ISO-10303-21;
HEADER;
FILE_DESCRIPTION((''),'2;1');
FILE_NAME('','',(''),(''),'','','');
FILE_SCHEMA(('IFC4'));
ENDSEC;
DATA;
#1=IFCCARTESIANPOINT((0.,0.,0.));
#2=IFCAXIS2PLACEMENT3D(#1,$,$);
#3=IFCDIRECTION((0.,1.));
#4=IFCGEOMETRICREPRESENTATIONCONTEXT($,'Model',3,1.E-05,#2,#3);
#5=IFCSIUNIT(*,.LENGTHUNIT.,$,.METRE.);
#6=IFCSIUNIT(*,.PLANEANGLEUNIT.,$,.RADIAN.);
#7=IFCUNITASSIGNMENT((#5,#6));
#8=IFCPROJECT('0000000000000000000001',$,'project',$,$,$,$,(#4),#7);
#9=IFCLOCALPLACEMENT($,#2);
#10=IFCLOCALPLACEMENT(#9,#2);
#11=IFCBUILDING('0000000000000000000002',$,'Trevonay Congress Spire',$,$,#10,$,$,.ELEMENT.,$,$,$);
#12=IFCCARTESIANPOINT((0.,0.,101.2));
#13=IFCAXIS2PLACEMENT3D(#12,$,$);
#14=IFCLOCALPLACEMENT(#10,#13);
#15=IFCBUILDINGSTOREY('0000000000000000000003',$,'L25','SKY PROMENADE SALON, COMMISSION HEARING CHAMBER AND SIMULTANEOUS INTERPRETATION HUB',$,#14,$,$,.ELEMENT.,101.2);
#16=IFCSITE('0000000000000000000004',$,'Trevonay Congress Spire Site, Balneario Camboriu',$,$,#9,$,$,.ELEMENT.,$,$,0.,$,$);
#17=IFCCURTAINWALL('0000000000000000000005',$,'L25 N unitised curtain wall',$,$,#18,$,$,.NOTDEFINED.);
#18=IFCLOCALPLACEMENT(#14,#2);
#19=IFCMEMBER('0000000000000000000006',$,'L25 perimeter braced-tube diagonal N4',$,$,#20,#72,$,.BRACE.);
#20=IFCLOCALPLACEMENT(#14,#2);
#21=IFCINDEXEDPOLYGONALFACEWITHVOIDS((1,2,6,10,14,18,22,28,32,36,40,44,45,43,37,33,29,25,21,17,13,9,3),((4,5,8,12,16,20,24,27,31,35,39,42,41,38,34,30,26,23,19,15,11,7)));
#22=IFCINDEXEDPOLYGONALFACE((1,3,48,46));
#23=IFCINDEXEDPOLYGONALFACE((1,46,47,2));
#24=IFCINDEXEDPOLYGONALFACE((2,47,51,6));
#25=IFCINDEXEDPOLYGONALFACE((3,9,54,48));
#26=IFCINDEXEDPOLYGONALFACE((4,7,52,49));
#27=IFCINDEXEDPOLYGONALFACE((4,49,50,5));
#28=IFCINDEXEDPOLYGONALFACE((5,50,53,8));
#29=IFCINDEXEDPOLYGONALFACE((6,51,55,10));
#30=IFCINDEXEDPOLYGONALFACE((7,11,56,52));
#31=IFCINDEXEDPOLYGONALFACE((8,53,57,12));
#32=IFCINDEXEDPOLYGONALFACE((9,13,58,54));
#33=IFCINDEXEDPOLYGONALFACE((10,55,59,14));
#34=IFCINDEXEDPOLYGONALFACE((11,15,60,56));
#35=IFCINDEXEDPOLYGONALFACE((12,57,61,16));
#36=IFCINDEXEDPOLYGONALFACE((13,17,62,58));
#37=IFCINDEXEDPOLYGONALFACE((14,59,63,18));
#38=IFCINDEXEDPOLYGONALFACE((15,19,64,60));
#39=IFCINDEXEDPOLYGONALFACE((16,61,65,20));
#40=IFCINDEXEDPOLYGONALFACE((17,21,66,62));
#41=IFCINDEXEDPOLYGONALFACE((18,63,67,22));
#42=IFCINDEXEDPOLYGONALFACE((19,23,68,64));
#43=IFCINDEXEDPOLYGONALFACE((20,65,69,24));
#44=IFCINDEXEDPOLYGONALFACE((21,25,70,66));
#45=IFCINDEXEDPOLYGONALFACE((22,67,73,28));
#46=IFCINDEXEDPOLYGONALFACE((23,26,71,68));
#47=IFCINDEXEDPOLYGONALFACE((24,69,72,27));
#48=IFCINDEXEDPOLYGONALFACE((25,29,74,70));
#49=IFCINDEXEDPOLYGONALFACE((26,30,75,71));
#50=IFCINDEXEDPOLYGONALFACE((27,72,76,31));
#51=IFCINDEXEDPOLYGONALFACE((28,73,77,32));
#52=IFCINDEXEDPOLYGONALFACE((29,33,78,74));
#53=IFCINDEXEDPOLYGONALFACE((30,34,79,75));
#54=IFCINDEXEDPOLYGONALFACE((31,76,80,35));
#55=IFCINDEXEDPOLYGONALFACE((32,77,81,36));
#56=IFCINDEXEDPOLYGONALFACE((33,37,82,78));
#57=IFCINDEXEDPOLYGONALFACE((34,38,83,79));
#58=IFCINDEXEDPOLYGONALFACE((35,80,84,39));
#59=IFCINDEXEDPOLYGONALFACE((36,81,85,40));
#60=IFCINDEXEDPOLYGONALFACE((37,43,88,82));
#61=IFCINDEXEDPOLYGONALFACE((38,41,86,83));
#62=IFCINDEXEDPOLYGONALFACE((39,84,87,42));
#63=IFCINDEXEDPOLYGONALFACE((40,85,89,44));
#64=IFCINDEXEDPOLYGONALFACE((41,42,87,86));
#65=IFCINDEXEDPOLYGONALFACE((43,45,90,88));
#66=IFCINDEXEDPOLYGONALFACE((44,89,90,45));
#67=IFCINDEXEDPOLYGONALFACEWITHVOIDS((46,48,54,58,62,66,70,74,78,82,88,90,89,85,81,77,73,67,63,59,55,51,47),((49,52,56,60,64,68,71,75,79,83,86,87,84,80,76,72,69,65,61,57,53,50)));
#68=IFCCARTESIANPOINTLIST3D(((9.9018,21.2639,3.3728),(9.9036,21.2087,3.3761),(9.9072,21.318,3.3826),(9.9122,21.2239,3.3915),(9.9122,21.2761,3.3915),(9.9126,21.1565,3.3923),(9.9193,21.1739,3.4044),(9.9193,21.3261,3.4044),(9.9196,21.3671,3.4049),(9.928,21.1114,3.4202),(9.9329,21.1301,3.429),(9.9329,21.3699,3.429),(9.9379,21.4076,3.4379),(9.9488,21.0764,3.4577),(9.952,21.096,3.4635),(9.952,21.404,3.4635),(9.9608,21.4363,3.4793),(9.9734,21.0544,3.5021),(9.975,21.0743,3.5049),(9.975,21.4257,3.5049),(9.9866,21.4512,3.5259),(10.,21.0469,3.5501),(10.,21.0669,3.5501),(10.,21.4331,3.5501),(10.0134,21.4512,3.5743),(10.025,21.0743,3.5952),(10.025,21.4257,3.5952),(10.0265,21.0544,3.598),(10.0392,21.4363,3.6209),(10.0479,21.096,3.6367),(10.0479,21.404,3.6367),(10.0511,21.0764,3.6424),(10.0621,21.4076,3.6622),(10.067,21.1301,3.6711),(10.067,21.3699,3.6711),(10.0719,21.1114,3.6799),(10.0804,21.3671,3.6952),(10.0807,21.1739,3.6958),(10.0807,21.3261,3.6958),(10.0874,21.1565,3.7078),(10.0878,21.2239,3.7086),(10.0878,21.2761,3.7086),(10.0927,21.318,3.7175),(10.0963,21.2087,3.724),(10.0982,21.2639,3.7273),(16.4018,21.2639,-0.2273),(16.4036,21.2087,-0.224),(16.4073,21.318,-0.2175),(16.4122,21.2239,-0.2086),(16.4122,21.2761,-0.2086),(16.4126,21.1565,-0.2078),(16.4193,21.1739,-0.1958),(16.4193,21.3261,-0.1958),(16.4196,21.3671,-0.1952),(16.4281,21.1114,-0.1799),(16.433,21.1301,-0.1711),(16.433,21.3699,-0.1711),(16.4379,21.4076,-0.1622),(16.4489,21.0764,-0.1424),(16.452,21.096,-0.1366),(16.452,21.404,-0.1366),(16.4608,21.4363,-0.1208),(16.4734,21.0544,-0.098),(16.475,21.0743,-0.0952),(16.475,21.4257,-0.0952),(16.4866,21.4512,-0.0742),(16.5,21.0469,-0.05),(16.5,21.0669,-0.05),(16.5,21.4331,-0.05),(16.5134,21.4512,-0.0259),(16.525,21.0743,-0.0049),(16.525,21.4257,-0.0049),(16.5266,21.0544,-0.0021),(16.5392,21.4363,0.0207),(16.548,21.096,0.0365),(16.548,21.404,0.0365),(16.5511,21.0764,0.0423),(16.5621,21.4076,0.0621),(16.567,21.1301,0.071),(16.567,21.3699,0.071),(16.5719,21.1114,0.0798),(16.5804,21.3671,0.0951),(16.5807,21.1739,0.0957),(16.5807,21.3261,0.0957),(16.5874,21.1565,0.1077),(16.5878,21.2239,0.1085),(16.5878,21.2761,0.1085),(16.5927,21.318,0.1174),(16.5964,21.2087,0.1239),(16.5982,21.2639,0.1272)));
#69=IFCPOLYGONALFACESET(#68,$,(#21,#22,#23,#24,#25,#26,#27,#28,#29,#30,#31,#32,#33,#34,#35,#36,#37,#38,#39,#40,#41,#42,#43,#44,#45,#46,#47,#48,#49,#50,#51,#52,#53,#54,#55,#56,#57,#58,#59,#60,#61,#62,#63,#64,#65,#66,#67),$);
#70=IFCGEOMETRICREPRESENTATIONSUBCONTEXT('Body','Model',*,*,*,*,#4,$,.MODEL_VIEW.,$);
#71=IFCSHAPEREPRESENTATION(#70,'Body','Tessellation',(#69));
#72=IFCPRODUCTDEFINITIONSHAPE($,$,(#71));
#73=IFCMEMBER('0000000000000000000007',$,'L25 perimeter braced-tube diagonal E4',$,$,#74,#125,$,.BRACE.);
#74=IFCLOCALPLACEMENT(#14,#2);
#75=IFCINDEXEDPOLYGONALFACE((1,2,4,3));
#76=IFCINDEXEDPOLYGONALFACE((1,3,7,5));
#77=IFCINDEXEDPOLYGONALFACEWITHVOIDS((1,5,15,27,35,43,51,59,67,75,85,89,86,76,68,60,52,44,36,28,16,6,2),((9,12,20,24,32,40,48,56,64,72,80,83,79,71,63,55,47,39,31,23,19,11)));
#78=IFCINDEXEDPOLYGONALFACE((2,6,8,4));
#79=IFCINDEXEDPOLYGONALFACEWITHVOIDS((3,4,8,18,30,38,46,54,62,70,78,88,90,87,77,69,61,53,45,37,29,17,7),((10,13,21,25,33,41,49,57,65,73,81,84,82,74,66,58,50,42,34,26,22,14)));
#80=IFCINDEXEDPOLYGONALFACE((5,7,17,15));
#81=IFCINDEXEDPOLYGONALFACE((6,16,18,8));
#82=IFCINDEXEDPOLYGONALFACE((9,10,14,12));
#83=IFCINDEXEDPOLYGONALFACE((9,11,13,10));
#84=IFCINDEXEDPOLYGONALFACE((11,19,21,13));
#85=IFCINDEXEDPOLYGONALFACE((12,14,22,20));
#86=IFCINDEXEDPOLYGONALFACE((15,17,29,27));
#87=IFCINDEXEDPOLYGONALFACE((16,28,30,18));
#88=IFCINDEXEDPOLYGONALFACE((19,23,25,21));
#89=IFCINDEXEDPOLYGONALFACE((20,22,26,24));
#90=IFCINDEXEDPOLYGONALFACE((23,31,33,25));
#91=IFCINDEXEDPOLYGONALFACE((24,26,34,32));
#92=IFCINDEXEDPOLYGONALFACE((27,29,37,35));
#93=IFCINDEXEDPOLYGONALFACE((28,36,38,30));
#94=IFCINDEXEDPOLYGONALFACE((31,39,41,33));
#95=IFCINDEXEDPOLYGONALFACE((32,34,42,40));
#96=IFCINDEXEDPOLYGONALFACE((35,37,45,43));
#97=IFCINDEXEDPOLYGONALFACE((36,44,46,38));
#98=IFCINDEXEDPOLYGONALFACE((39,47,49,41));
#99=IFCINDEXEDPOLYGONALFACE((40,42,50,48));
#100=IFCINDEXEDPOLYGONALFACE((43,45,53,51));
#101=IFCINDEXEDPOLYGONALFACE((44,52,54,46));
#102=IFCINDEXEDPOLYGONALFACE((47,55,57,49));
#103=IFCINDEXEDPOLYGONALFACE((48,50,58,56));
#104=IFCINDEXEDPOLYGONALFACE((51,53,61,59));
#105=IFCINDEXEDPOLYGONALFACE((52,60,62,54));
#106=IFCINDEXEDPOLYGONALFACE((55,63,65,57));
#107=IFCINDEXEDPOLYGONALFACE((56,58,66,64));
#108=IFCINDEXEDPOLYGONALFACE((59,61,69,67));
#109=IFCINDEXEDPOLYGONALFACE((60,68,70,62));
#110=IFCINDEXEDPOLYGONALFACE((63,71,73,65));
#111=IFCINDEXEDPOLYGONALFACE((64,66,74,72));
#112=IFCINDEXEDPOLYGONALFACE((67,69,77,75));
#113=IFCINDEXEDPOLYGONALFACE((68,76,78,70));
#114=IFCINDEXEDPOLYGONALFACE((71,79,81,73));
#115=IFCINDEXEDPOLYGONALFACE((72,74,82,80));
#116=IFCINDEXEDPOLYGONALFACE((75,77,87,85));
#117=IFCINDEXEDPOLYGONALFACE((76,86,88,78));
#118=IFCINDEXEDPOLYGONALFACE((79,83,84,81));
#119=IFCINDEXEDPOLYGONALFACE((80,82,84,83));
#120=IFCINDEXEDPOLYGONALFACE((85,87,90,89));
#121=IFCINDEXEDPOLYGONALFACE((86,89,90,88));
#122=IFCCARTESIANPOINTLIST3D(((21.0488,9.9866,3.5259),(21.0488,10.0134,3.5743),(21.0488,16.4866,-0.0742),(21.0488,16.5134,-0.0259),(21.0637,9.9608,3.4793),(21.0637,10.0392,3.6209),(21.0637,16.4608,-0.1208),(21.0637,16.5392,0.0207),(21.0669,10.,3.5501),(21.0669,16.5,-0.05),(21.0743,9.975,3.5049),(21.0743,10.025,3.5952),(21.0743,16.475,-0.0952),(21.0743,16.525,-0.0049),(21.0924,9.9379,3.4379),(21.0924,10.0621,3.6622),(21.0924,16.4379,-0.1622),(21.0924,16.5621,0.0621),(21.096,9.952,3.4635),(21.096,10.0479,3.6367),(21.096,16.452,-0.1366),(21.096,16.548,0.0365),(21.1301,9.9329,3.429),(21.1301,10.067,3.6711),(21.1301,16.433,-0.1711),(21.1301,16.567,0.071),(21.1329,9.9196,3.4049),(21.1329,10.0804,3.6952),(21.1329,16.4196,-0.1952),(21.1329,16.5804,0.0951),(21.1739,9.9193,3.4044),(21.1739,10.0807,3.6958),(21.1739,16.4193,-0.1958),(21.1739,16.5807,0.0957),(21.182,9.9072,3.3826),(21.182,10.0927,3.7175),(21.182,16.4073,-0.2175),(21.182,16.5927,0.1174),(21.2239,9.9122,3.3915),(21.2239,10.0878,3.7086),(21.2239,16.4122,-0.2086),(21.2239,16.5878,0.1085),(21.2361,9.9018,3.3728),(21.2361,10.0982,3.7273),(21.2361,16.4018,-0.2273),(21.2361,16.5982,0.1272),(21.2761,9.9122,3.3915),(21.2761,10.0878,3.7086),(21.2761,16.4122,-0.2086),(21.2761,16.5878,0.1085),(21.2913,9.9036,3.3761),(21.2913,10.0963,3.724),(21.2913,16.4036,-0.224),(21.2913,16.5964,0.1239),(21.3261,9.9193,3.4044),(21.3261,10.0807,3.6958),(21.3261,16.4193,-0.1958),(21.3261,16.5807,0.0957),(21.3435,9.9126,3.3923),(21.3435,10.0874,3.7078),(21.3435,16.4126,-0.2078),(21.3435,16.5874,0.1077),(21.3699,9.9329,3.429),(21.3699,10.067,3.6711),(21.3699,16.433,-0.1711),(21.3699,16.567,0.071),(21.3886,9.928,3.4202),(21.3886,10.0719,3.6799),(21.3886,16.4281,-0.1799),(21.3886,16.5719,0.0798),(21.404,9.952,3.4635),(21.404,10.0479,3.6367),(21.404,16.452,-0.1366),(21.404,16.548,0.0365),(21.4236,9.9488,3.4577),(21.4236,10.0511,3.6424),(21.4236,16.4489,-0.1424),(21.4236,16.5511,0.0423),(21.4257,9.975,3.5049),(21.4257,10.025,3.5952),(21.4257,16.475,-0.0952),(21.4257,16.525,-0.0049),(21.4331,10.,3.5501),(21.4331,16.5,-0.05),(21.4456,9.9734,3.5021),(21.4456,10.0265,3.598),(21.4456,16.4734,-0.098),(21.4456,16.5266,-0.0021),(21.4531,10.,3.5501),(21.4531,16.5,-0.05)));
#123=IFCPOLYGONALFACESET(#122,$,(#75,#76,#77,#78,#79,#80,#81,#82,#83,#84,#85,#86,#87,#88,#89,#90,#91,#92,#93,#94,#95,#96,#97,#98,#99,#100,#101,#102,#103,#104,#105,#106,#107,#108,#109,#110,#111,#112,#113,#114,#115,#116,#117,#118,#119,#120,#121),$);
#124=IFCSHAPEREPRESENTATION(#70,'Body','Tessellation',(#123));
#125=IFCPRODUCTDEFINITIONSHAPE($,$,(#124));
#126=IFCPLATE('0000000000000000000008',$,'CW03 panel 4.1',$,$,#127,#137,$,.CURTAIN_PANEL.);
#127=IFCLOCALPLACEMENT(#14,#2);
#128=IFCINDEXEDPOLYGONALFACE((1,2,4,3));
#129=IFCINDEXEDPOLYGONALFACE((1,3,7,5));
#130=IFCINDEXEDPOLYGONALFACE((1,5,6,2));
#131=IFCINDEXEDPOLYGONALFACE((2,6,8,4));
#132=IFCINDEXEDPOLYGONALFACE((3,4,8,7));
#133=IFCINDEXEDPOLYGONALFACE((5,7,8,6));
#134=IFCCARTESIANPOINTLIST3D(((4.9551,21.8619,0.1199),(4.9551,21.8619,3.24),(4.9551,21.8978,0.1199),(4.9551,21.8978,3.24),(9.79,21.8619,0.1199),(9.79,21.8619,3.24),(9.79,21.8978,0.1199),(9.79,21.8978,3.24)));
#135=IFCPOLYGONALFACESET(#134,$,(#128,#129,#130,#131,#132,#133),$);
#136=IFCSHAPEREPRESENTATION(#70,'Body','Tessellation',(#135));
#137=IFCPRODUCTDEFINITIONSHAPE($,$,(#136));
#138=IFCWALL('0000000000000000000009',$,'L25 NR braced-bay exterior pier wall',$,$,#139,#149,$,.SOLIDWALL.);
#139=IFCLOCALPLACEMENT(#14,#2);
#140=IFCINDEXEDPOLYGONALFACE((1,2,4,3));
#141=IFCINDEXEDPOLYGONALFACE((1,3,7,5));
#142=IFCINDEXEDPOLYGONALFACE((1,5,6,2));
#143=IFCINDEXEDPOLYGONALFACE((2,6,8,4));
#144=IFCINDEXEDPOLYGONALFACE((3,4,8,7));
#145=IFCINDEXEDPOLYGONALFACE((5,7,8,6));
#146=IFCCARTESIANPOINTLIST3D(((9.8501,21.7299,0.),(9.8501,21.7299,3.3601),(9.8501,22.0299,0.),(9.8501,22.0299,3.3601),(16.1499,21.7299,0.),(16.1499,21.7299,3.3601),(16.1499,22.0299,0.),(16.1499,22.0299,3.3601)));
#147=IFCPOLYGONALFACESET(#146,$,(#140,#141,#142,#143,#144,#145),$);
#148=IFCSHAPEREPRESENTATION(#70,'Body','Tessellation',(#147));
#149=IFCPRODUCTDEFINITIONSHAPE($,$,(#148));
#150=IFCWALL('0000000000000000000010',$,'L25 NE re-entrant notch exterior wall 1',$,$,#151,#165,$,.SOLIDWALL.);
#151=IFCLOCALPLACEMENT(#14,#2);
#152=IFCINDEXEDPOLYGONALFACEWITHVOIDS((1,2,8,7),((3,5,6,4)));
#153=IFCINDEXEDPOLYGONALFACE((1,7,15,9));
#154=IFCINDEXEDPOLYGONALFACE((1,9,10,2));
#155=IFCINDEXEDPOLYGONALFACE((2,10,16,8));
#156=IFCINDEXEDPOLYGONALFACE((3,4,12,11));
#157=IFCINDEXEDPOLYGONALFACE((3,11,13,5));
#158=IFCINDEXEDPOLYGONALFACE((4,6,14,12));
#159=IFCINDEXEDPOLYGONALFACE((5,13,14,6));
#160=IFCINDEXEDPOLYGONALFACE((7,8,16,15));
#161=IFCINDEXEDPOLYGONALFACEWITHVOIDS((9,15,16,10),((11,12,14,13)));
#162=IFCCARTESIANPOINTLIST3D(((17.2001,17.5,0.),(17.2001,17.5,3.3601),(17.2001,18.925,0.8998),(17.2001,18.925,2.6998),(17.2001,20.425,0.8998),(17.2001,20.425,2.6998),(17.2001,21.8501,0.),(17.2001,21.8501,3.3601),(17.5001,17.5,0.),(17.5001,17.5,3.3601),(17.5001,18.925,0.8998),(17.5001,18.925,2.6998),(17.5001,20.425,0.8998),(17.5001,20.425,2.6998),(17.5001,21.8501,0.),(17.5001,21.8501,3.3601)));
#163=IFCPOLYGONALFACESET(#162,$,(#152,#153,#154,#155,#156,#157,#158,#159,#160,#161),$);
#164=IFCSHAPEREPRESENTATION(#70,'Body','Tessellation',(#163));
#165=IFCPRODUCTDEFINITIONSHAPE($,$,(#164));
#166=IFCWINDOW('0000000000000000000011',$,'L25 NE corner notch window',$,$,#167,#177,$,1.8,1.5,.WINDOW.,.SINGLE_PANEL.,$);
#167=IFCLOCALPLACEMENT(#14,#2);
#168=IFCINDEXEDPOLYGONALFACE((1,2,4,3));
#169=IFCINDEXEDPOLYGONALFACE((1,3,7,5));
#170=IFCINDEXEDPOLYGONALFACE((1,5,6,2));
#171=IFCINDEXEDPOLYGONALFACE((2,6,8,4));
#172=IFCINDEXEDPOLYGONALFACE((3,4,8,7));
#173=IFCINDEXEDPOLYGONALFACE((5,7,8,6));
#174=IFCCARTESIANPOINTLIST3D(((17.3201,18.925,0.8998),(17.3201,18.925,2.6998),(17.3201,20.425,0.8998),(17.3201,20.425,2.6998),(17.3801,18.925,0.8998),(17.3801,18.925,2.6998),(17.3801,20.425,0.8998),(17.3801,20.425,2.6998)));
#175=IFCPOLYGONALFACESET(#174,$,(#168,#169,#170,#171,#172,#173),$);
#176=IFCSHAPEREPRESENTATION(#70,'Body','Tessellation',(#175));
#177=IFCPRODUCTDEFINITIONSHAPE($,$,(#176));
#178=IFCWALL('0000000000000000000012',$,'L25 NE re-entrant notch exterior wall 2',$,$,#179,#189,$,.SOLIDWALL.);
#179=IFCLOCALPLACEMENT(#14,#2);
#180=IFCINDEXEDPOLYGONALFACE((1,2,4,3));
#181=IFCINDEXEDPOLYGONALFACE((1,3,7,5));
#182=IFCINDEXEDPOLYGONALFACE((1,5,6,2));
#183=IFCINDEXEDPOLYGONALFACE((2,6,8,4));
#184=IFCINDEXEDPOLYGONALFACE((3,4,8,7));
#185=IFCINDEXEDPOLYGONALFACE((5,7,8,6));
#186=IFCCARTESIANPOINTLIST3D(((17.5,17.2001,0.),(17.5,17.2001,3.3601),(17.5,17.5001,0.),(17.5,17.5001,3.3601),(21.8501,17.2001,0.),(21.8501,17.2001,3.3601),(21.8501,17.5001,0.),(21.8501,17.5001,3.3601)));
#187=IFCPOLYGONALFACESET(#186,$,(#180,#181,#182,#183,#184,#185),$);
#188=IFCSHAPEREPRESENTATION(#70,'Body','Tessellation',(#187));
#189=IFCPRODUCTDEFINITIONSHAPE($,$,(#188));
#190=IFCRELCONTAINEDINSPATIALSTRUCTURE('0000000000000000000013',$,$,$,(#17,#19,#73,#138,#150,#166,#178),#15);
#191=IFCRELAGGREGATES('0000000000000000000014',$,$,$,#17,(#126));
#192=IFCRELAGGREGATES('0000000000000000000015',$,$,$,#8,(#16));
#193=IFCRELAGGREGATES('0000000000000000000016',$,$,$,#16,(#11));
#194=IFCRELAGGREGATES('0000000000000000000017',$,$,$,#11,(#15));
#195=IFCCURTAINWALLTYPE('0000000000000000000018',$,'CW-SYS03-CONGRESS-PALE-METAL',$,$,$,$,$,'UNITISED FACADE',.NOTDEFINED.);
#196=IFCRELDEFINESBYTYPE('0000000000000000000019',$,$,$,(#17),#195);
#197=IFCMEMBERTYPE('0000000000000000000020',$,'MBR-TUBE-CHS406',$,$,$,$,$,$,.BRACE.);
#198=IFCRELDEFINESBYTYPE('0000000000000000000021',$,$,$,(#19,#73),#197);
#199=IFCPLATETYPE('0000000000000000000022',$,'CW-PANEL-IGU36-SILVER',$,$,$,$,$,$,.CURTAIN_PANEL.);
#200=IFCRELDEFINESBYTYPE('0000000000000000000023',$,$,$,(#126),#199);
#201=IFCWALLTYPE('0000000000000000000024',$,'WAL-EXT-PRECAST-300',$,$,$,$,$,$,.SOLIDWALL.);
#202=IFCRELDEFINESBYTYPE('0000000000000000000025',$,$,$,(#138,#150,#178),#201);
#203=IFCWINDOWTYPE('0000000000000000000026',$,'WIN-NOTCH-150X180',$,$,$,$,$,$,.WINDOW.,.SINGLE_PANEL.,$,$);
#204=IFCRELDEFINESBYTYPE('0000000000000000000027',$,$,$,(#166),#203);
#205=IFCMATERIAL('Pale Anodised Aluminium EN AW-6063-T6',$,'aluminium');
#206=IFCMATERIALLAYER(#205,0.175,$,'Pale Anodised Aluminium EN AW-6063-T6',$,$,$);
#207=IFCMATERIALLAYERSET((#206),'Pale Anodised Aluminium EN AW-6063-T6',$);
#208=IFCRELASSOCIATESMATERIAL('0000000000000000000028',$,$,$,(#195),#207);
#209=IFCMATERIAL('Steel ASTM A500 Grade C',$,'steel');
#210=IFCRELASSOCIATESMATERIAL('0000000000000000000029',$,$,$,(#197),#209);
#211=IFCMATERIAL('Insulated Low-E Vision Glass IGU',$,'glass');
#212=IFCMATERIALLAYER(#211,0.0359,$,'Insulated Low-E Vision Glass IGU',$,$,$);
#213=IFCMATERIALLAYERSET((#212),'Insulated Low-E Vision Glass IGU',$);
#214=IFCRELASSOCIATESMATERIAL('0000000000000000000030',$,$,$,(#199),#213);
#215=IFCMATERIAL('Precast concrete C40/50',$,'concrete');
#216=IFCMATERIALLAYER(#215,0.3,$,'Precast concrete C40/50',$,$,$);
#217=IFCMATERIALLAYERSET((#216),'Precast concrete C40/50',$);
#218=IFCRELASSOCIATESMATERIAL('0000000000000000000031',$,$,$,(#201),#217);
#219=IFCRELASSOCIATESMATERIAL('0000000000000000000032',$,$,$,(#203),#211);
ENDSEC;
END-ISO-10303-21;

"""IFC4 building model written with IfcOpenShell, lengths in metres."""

from ifc_helpers import new_model, si_unit, direction, frame, frame_2d, origin, origin_2d, place, context, subcontext, project, spatial, rectangle, hollow_circle, extrude, material, layer, layer_set, material_profile, profile_set, type_object, element, fill, aggregate, save


model = new_model("IFC4")

# Units and contexts
model_context = context("Model", 3, precision=1e-05, world=origin(), true_north=direction((0.0, 1.0)))
body_context = subcontext(model_context, "Body", "Model", "MODEL_VIEW")
ifc_project = project(units=[si_unit("LENGTHUNIT", "METRE"), si_unit("PLANEANGLEUNIT", "RADIAN")], contexts=[model_context])

# Site, building, storey
site_placement = place(None, origin())
site = spatial("IfcSite", under=ifc_project, at=site_placement, Name="Trevonay Congress Spire Site, Balneario Camboriu", CompositionType="ELEMENT", RefElevation=0.0)
building_placement = place(site_placement, origin())
building = spatial("IfcBuilding", under=site, at=building_placement, Name="Trevonay Congress Spire", CompositionType="ELEMENT")
storey_placement = place(building_placement, frame((0.0, 0.0, 101.2)))
storey = spatial("IfcBuildingStorey", under=building, at=storey_placement, Name="L25", Description="SKY PROMENADE SALON, COMMISSION HEARING CHAMBER AND SIMULTANEOUS INTERPRETATION HUB", CompositionType="ELEMENT", Elevation=101.2)

# Curtain wall
ifc_material_1 = material(Name="Pale Anodised Aluminium EN AW-6063-T6", Category="aluminium")
ifc_layer_1 = layer(ifc_material_1, 0.175, Name="Pale Anodised Aluminium EN AW-6063-T6")
ifc_layer_set_1 = layer_set([ifc_layer_1], Name="Pale Anodised Aluminium EN AW-6063-T6")
curtain_wall_type = type_object("IfcCurtainWallType", Name="CW-SYS03-CONGRESS-PALE-METAL", ElementType="UNITISED FACADE", PredefinedType="NOTDEFINED", material=ifc_layer_set_1)
curtain_wall_placement = place(storey_placement, origin())
curtain_wall = element("IfcCurtainWall", 1, at=curtain_wall_placement, inside=storey, type_object=curtain_wall_type, Name="L25 N unitised curtain wall", PredefinedType="NOTDEFINED")

# Members
ifc_material_2 = material(Name="Steel ASTM A500 Grade C", Category="steel")
ifc_material_profile_1 = material_profile(ifc_material_2, hollow_circle(Radius=0.2031, WallThickness=0.02, at=origin_2d()), Name="CHS 406.4x20")
ifc_profile_set_1 = profile_set([ifc_material_profile_1], Name="Steel ASTM A500 Grade C")
member_type_1 = type_object("IfcMemberType", Name="MBR-TUBE-CHS406", PredefinedType="BRACE", material=ifc_profile_set_1)
for number, where, z_axis, x_axis, name in (
    (2, (16.5, 21.25, -0.05), (-0.874786, 0.0, 0.48451), (0.0, -1.0, 0.0), "L25 perimeter braced-tube diagonal N4"),
    (3, (21.25, 16.5, -0.05), (0.0, -0.874786, 0.48451), (1.0, 0.0, 0.0), "L25 perimeter braced-tube diagonal E4"),
):
    element("IfcMember", number, at=place(storey_placement, frame(where, z_axis=z_axis, x_axis=x_axis)), inside=storey, type_object=member_type_1, Name=name, PredefinedType="BRACE", context=body_context, shape_type="SweptSolid", body=[
        extrude(hollow_circle(Radius=0.2031, WallThickness=0.02, at=origin_2d()), origin(), (0.0, 0.0, 1.0), 7.4304),
    ])

# Plate
ifc_material_3 = material(Name="Insulated Low-E Vision Glass IGU", Category="glass")
ifc_layer_2 = layer(ifc_material_3, 0.0359, Name="Insulated Low-E Vision Glass IGU")
ifc_layer_set_2 = layer_set([ifc_layer_2], Name="Insulated Low-E Vision Glass IGU")
plate_type = type_object("IfcPlateType", Name="CW-PANEL-IGU36-SILVER", PredefinedType="CURTAIN_PANEL", material=ifc_layer_set_2)
plate_placement = place(storey_placement, frame((7.3726, 21.8799, 0.1199), z_axis=(0.0, 0.0, 1.0), x_axis=(1.0, 0.0, 0.0)))
plate = element("IfcPlate", 4, at=plate_placement, type_object=plate_type, Name="CW03 panel 4.1", PredefinedType="CURTAIN_PANEL", context=body_context, shape_type="SweptSolid", body=[
    extrude(rectangle(XDim=4.835, YDim=0.0359, at=origin_2d()), origin(), (0.0, 0.0, 1.0), 3.1201),
])
aggregate(curtain_wall, [plate])

# Wall
ifc_material_4 = material(Name="Precast concrete C40/50", Category="concrete")
ifc_layer_3 = layer(ifc_material_4, 0.3, Name="Precast concrete C40/50")
ifc_layer_set_3 = layer_set([ifc_layer_3], Name="Precast concrete C40/50")
wall_type_1 = type_object("IfcWallType", Name="WAL-EXT-PRECAST-300", PredefinedType="SOLIDWALL", material=ifc_layer_set_3)
wall_1_placement = place(storey_placement, frame((9.8501, 21.8799, 0.0), z_axis=(0.0, 0.0, 1.0), x_axis=(1.0, 0.0, 0.0)))
element("IfcWall", 5, at=wall_1_placement, inside=storey, type_object=wall_type_1, Name="L25 NR braced-bay exterior pier wall", PredefinedType="SOLIDWALL", context=body_context, shape_type="SweptSolid", body=[
    extrude(rectangle(XDim=6.2998, YDim=0.3, at=frame_2d((3.1499, 0.0))), origin(), (0.0, 0.0, 1.0), 3.3601),
])

# Wall, opening, window
wall_2_placement = place(storey_placement, frame((17.3501, 21.8501, 0.0), z_axis=(0.0, 0.0, 1.0), x_axis=(0.0, -1.0, 0.0)))
wall_2 = element("IfcWall", 6, at=wall_2_placement, inside=storey, type_object=wall_type_1, Name="L25 NE re-entrant notch exterior wall 1", PredefinedType="SOLIDWALL", context=body_context, shape_type="SweptSolid", body=[
    extrude(rectangle(XDim=4.3501, YDim=0.3, at=frame_2d((2.175, 0.0))), origin(), (0.0, 0.0, 1.0), 3.3601),
])
opening_placement = place(wall_2_placement, frame((1.425, 0.0, 0.8999)))
opening = element("IfcOpeningElement", 7, at=opening_placement, cuts=wall_2, PredefinedType="OPENING", context=body_context, shape_type="SweptSolid", body=[
    extrude(rectangle(XDim=1.5, YDim=1.8, at=frame_2d((0.75, 0.8999))), frame((0.0, 0.1602, 0.0), z_axis=(0.0, -1.0, 0.0), x_axis=(1.0, 0.0, 0.0)), (0.0, 0.0, 1.0), 0.3201),
])
window_type = type_object("IfcWindowType", Name="WIN-NOTCH-150X180", PartitioningType="SINGLE_PANEL", PredefinedType="WINDOW", material=ifc_material_3)
window_placement = place(opening_placement, origin())
window = element("IfcWindow", 8, at=window_placement, inside=storey, type_object=window_type, Name="L25 NE corner notch window", OverallHeight=1.8, OverallWidth=1.5, PartitioningType="SINGLE_PANEL", PredefinedType="WINDOW", context=body_context, shape_type="SweptSolid", body=[
    extrude(rectangle(XDim=1.5, YDim=1.8, at=frame_2d((0.75, 0.8999))), frame((0.0, 0.03, 0.0), z_axis=(0.0, -1.0, 0.0), x_axis=(1.0, 0.0, 0.0)), (0.0, 0.0, 1.0), 0.0601),
])
fill(opening, window)

# Wall
wall_3_placement = place(storey_placement, frame((21.8501, 17.3501, 0.0), z_axis=(0.0, 0.0, 1.0), x_axis=(-1.0, 0.0, 0.0)))
element("IfcWall", 9, at=wall_3_placement, inside=storey, type_object=wall_type_1, Name="L25 NE re-entrant notch exterior wall 2", PredefinedType="SOLIDWALL", context=body_context, shape_type="SweptSolid", body=[
    extrude(rectangle(XDim=4.3501, YDim=0.3, at=frame_2d((2.175, 0.0))), origin(), (0.0, 0.0, 1.0), 3.3601),
])

save(model, "model.ifc")
